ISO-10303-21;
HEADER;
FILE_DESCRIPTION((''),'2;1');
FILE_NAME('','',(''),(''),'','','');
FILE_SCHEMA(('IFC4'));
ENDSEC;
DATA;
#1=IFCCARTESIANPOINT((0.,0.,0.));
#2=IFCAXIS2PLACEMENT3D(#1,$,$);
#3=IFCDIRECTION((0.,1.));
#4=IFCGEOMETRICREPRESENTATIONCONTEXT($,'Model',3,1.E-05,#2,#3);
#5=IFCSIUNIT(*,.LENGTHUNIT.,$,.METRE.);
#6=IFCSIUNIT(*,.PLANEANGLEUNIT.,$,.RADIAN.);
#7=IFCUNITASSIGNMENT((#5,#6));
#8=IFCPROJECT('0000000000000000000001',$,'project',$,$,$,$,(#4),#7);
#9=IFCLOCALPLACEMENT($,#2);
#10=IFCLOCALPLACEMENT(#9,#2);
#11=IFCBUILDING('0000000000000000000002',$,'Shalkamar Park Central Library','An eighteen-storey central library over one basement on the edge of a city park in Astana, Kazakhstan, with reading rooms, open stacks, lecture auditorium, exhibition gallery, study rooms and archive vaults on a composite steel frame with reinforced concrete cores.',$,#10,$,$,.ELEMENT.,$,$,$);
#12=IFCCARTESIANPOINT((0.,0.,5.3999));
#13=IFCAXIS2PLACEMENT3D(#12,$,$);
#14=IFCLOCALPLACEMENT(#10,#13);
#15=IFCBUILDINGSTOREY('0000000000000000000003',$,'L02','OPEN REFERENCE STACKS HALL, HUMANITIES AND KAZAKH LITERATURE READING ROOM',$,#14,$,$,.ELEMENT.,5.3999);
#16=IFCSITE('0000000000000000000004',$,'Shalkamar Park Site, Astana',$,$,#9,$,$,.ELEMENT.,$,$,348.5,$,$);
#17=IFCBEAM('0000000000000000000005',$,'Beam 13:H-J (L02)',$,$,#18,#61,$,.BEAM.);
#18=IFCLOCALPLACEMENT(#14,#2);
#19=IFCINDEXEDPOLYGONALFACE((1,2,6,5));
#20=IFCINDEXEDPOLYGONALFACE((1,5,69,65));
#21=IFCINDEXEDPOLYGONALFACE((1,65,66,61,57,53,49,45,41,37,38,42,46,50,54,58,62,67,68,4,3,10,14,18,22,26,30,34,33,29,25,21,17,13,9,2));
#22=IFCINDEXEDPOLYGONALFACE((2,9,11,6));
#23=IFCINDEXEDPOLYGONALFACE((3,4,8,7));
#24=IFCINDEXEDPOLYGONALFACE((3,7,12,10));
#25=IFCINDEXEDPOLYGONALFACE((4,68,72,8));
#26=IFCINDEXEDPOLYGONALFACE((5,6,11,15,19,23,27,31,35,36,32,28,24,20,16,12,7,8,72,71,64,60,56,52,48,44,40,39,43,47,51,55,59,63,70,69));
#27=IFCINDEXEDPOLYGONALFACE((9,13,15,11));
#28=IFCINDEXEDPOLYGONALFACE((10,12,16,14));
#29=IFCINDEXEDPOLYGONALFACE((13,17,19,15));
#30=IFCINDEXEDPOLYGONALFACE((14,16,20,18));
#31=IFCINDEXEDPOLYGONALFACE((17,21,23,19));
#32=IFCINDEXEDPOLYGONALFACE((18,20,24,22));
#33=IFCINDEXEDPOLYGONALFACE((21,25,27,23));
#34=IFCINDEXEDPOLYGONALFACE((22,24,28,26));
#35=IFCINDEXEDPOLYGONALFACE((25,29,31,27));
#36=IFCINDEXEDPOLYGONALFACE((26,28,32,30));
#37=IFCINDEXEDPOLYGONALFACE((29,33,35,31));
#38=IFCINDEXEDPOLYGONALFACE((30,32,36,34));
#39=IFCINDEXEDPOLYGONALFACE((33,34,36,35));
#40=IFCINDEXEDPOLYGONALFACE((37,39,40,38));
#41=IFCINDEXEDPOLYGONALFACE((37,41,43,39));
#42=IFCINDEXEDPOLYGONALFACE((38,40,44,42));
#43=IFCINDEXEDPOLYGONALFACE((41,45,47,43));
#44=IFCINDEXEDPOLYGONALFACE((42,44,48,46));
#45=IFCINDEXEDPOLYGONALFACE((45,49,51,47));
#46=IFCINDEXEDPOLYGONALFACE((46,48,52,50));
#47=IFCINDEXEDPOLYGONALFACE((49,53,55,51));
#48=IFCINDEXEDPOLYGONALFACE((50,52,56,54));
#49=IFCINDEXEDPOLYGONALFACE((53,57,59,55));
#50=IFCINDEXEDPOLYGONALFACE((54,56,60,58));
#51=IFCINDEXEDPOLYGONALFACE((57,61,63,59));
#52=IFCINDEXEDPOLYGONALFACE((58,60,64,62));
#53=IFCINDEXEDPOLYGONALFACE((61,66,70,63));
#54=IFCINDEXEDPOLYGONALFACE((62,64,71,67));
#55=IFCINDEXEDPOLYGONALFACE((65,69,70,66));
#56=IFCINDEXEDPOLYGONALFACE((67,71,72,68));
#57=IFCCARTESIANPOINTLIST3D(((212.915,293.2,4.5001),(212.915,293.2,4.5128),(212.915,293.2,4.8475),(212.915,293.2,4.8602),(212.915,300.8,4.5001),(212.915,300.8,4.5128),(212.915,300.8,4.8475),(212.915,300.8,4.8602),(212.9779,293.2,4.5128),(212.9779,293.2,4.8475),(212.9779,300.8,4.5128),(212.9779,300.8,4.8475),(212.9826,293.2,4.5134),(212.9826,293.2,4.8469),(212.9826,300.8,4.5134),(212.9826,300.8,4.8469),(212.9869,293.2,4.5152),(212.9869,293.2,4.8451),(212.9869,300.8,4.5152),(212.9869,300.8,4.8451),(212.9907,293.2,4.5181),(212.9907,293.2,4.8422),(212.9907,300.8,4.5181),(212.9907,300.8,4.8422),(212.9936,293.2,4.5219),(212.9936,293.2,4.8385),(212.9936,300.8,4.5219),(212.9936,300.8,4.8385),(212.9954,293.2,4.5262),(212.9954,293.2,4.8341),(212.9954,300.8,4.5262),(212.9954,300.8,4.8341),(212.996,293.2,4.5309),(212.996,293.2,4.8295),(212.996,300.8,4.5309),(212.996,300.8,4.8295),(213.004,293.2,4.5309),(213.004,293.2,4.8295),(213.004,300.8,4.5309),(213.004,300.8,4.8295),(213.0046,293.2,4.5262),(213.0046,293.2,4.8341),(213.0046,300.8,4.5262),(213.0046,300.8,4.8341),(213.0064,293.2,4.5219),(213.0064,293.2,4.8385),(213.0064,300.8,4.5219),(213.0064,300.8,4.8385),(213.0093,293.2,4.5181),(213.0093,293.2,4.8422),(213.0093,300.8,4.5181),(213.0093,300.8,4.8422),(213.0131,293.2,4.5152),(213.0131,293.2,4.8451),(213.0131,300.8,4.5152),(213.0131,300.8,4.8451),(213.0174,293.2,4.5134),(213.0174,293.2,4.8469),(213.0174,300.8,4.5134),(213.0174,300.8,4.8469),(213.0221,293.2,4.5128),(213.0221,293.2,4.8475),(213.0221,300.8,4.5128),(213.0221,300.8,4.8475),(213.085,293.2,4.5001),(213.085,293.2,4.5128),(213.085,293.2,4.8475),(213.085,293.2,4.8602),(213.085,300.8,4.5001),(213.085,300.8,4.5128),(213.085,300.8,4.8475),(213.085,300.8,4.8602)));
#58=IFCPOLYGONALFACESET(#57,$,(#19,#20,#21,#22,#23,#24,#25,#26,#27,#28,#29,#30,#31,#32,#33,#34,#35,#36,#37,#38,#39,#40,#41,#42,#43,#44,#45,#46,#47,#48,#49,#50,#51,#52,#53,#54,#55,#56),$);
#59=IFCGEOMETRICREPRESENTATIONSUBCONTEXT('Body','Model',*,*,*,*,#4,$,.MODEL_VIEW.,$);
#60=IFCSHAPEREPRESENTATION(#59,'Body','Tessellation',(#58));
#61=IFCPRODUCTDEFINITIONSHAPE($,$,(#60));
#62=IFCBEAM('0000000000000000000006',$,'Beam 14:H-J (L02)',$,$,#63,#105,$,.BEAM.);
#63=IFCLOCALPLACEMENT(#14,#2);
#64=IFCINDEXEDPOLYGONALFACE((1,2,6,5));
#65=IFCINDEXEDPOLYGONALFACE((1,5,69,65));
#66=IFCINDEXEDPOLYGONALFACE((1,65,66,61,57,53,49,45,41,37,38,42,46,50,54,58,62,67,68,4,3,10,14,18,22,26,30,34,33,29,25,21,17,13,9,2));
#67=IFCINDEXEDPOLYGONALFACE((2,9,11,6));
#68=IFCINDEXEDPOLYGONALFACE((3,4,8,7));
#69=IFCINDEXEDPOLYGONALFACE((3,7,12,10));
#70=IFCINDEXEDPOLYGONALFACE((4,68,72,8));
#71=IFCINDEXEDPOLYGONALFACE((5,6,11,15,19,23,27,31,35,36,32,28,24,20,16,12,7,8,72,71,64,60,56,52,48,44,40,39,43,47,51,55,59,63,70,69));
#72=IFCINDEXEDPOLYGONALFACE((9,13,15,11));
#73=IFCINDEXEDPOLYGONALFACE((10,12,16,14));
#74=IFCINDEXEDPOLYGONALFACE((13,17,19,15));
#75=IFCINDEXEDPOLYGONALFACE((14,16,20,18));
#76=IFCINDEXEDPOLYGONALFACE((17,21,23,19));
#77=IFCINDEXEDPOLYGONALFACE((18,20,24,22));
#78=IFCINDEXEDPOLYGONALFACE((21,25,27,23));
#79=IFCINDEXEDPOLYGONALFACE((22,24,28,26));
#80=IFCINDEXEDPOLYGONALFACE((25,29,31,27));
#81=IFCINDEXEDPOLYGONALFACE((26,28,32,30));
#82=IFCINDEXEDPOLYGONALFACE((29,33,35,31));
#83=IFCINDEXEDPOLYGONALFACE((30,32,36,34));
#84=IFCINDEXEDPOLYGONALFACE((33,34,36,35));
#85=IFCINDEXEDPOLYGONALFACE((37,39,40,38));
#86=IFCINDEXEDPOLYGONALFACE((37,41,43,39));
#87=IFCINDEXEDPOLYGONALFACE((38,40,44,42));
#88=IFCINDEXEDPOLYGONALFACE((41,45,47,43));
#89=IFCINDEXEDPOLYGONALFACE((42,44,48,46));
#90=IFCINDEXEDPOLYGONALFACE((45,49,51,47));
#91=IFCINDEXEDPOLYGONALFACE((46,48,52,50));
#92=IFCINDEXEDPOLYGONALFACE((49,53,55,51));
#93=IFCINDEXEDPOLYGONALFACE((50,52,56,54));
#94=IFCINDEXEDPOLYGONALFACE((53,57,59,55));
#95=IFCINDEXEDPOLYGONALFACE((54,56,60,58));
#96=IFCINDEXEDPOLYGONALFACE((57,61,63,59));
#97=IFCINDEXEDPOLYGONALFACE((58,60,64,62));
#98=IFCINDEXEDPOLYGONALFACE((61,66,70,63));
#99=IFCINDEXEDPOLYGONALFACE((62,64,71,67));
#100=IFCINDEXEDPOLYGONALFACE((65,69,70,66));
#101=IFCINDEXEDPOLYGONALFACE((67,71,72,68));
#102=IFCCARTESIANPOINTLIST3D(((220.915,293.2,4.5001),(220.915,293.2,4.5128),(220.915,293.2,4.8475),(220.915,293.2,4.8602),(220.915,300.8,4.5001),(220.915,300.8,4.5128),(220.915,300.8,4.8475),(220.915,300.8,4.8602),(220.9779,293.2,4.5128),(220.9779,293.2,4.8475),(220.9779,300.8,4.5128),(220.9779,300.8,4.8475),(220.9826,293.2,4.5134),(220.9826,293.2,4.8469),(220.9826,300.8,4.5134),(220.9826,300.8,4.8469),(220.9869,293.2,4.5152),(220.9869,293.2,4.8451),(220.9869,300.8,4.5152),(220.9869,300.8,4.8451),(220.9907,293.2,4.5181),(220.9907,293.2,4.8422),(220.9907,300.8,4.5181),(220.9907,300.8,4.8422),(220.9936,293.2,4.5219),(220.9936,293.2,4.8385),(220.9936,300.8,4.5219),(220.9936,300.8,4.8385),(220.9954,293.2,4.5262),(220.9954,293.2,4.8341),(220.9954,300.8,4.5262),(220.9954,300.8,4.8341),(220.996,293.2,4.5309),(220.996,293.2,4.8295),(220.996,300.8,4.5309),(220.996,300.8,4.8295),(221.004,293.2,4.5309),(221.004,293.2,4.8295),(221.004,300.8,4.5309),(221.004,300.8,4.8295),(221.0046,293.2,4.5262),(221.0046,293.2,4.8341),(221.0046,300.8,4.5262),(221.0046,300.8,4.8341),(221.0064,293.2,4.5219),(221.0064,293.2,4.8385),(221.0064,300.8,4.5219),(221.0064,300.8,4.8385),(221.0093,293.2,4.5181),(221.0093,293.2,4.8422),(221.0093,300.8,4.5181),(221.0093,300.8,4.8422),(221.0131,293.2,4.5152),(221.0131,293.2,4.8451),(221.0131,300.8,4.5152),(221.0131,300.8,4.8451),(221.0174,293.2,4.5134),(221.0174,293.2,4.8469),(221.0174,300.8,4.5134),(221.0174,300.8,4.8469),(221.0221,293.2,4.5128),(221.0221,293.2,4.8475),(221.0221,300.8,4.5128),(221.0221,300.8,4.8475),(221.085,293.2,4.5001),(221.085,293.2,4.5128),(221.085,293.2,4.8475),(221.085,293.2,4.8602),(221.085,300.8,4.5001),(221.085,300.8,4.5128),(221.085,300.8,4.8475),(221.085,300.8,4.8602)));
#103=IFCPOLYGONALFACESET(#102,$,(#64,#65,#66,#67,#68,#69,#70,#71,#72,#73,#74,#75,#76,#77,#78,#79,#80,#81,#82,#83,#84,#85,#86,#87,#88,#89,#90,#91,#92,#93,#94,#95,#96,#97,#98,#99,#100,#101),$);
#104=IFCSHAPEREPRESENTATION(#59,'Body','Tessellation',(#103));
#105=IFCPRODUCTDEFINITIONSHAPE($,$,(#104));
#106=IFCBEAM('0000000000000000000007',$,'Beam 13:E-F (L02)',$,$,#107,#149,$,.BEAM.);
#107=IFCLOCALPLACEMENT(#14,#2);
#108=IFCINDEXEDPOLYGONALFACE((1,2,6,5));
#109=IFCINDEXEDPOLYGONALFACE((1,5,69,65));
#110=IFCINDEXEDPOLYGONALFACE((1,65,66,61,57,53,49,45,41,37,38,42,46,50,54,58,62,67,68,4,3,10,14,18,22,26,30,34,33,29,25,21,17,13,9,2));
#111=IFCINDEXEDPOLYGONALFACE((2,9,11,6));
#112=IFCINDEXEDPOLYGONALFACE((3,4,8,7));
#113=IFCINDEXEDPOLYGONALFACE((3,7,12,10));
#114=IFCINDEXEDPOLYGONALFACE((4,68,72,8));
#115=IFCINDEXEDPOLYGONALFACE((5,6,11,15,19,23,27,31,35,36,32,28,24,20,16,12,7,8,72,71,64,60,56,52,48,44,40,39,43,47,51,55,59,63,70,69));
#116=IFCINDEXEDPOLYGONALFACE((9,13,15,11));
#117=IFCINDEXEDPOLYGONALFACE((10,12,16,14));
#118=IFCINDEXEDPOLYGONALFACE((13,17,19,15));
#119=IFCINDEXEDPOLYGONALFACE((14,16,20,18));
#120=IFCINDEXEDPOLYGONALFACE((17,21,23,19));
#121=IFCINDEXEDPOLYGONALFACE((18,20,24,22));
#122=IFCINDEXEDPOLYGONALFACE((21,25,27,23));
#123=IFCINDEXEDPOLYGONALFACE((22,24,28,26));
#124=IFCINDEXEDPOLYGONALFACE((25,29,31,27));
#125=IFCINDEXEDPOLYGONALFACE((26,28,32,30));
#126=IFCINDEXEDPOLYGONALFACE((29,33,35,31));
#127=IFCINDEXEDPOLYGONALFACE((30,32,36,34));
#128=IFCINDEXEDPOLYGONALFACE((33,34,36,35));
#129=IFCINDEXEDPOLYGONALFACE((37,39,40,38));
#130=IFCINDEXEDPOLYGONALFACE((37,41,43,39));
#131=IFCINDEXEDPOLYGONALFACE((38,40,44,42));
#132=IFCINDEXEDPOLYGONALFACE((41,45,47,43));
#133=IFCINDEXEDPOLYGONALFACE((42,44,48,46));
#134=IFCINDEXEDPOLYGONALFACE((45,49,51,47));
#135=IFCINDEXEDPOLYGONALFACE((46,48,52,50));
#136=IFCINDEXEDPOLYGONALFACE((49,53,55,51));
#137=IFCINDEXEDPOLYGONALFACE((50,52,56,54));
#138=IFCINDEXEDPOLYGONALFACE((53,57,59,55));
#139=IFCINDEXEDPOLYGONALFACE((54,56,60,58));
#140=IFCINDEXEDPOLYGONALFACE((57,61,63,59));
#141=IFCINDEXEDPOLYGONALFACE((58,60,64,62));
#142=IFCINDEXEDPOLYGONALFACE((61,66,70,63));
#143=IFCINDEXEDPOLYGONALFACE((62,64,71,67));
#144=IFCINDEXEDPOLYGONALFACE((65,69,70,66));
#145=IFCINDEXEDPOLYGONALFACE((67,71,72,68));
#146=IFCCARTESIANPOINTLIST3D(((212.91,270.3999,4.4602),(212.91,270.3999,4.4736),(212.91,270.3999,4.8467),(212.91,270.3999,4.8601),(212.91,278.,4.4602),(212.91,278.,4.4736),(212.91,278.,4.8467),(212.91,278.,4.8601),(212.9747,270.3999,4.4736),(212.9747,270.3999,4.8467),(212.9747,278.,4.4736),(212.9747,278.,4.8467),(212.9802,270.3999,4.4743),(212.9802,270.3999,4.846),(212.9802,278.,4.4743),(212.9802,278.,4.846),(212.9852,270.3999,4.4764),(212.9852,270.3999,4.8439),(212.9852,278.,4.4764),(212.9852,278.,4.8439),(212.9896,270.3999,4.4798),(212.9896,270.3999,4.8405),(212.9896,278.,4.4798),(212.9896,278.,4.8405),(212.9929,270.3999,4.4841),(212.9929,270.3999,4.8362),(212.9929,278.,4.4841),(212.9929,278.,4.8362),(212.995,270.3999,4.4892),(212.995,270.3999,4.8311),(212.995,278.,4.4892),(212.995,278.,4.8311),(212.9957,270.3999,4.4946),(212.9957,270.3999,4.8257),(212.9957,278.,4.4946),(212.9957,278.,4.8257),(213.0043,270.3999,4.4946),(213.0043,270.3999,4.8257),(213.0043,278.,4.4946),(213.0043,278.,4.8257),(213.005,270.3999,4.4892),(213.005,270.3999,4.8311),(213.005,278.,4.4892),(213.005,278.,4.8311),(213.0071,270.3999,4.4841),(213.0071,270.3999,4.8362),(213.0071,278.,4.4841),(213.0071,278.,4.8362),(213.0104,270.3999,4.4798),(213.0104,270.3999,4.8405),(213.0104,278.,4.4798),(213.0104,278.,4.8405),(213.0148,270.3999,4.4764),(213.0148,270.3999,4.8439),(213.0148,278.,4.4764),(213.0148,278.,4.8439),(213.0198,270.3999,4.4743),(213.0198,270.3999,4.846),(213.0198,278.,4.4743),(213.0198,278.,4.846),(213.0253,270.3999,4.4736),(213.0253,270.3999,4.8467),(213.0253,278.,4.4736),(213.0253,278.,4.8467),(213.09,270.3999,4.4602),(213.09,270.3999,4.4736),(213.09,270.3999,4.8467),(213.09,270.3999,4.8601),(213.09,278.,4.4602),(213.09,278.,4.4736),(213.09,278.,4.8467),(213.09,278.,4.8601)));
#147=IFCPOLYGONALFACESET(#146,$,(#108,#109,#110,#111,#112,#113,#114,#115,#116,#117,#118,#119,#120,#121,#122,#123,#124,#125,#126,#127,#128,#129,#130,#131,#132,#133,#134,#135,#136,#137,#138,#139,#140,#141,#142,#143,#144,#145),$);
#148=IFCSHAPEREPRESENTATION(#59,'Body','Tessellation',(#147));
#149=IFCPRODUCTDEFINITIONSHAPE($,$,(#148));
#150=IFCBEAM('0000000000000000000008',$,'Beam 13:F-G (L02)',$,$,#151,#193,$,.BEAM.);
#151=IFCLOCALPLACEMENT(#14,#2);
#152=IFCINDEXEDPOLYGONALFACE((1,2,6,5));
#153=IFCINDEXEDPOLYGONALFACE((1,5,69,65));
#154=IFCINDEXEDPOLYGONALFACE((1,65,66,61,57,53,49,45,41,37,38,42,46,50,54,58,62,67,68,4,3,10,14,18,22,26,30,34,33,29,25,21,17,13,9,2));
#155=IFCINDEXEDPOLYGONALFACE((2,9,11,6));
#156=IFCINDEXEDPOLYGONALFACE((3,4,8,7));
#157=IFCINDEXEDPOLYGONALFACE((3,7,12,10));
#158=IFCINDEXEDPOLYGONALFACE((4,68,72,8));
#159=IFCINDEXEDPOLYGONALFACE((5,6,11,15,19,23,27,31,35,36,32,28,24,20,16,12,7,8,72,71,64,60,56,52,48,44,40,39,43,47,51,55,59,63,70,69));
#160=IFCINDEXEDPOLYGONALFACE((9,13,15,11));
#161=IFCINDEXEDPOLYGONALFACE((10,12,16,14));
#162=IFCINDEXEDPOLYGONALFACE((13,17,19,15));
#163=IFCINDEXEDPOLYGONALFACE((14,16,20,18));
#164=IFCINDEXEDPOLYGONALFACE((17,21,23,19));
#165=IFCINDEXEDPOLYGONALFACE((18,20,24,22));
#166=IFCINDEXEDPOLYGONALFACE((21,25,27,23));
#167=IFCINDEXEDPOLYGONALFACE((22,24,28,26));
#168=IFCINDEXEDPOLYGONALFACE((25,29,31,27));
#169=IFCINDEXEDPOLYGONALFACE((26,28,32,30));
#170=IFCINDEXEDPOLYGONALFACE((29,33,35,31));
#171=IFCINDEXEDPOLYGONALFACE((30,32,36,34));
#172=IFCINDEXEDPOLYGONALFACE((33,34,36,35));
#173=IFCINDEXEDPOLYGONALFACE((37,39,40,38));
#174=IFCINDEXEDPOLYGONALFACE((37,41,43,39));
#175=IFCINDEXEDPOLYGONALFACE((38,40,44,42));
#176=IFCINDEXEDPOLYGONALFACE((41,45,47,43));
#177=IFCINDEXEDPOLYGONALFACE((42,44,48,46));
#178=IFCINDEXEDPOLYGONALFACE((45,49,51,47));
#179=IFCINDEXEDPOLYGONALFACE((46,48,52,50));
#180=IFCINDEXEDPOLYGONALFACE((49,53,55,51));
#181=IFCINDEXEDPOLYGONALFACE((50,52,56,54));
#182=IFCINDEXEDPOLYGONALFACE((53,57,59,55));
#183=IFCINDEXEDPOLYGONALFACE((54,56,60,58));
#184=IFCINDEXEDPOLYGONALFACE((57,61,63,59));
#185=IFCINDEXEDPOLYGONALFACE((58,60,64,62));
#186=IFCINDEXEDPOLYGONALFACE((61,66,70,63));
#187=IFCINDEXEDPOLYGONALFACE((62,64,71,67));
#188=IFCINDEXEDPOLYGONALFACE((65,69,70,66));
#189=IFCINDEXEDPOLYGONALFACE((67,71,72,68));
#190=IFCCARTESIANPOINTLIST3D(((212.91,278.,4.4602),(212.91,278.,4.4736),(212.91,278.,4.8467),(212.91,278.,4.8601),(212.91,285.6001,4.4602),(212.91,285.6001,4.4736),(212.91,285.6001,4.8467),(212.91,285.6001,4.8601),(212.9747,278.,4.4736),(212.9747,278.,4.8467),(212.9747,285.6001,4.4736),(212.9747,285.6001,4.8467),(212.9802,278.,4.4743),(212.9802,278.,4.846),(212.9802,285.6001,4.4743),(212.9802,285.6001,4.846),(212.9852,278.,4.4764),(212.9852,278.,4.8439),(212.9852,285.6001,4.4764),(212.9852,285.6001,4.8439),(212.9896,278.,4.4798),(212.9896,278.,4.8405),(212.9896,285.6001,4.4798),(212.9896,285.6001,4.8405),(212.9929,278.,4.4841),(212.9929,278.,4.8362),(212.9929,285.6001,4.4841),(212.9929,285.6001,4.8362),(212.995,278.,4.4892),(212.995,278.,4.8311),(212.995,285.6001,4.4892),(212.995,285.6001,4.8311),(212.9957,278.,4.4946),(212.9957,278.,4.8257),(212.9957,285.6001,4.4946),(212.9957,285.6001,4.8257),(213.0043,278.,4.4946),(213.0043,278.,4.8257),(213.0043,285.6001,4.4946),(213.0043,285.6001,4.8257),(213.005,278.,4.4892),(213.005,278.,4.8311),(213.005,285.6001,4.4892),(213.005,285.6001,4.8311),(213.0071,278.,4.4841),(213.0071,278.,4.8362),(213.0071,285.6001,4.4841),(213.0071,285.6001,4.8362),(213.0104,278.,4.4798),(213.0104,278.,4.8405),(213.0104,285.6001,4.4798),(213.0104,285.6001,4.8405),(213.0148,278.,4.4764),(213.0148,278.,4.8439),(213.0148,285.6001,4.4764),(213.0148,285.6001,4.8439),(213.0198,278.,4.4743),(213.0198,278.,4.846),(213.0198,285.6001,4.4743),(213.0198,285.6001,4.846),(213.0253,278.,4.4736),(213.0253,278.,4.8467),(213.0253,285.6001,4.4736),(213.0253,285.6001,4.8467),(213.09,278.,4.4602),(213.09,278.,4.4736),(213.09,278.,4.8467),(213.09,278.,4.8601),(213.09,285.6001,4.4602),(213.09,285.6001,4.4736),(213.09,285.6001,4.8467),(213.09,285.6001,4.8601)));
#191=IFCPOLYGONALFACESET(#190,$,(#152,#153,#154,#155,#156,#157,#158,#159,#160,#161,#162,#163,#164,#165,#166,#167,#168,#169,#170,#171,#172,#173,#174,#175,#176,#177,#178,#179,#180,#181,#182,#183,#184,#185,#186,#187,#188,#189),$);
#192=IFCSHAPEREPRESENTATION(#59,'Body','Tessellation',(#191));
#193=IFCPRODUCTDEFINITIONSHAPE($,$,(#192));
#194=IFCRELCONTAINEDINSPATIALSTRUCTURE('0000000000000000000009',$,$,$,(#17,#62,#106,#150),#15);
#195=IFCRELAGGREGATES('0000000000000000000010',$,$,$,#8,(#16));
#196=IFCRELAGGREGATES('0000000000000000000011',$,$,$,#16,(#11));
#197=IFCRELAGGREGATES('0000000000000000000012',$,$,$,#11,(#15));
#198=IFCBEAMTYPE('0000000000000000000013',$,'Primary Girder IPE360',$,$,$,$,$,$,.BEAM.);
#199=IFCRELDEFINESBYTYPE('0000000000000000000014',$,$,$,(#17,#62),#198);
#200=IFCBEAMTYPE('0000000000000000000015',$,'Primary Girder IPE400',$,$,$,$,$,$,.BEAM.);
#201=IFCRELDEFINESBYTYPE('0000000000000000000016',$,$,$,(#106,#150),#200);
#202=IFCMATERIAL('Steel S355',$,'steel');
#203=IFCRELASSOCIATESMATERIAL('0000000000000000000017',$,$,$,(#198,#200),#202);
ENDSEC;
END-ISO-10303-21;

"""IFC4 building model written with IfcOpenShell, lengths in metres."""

from ifc_helpers import new_model, si_unit, direction, frame, origin, origin_2d, place, context, subcontext, project, spatial, i_section, extrude, material, material_profile, profile_set, type_object, element, save


model = new_model("IFC4")

# Units and contexts
model_context = context("Model", 3, precision=1e-05, world=origin(), true_north=direction((0.0, 1.0)))
body_context = subcontext(model_context, "Body", "Model", "MODEL_VIEW")
ifc_project = project(units=[si_unit("LENGTHUNIT", "METRE"), si_unit("PLANEANGLEUNIT", "RADIAN")], contexts=[model_context])

# Site, building, storey
site_placement = place(None, origin())
site = spatial("IfcSite", under=ifc_project, at=site_placement, Name="Shalkamar Park Site, Astana", CompositionType="ELEMENT", RefElevation=348.5)
building_placement = place(site_placement, origin())
building = spatial("IfcBuilding", under=site, at=building_placement, Name="Shalkamar Park Central Library", Description="An eighteen-storey central library over one basement on the edge of a city park in Astana, Kazakhstan, with reading rooms, open stacks, lecture auditorium, exhibition gallery, study rooms and archive vaults on a composite steel frame with reinforced concrete cores.", CompositionType="ELEMENT")
storey_placement = place(building_placement, frame((0.0, 0.0, 5.3999)))
storey = spatial("IfcBuildingStorey", under=building, at=storey_placement, Name="L02", Description="OPEN REFERENCE STACKS HALL, HUMANITIES AND KAZAKH LITERATURE READING ROOM", CompositionType="ELEMENT", Elevation=5.3999)

# Shared definitions
ifc_material = material(Name="Steel S355", Category="steel")

# Beams
ifc_material_profile_1 = material_profile(ifc_material, i_section(OverallWidth=0.1699, OverallDepth=0.3601, WebThickness=0.0081, FlangeThickness=0.0127, FilletRadius=0.0181, at=origin_2d()), Name="IPE 360")
ifc_profile_set_1 = profile_set([ifc_material_profile_1], Name="Steel S355")
beam_type_1 = type_object("IfcBeamType", Name="Primary Girder IPE360", PredefinedType="BEAM", material=ifc_profile_set_1)
for number, where, z_axis, x_axis, name in (
    (1, (213.0, 293.2, 4.6802), (0.0, 1.0, 0.0), (-1.0, 0.0, 0.0), "Beam 13:H-J (L02)"),
    (2, (221.0, 293.2, 4.6802), (0.0, 1.0, 0.0), (-1.0, 0.0, 0.0), "Beam 14:H-J (L02)"),
):
    element("IfcBeam", number, at=place(storey_placement, frame(where, z_axis=z_axis, x_axis=x_axis)), inside=storey, type_object=beam_type_1, Name=name, PredefinedType="BEAM", context=body_context, shape_type="SweptSolid", body=[
        extrude(i_section(OverallWidth=0.1699, OverallDepth=0.3601, WebThickness=0.0081, FlangeThickness=0.0127, FilletRadius=0.0181, at=origin_2d()), origin(), (0.0, 0.0, 1.0), 7.6001),
    ])
ifc_material_profile_2 = material_profile(ifc_material, i_section(OverallWidth=0.1799, OverallDepth=0.3999, WebThickness=0.0085, FlangeThickness=0.0134, FilletRadius=0.021, at=origin_2d()), Name="IPE 400")
ifc_profile_set_2 = profile_set([ifc_material_profile_2], Name="Steel S355")
beam_type_2 = type_object("IfcBeamType", Name="Primary Girder IPE400", PredefinedType="BEAM", material=ifc_profile_set_2)
for number, where, z_axis, x_axis, name in (
    (3, (213.0, 270.3999, 4.6602), (0.0, 1.0, 0.0), (-1.0, 0.0, 0.0), "Beam 13:E-F (L02)"),
    (4, (213.0, 278.0, 4.6602), (0.0, 1.0, 0.0), (-1.0, 0.0, 0.0), "Beam 13:F-G (L02)"),
):
    element("IfcBeam", number, at=place(storey_placement, frame(where, z_axis=z_axis, x_axis=x_axis)), inside=storey, type_object=beam_type_2, Name=name, PredefinedType="BEAM", context=body_context, shape_type="SweptSolid", body=[
        extrude(i_section(OverallWidth=0.1799, OverallDepth=0.3999, WebThickness=0.0085, FlangeThickness=0.0134, FilletRadius=0.021, at=origin_2d()), origin(), (0.0, 0.0, 1.0), 7.6001),
    ])

save(model, "model.ifc")
